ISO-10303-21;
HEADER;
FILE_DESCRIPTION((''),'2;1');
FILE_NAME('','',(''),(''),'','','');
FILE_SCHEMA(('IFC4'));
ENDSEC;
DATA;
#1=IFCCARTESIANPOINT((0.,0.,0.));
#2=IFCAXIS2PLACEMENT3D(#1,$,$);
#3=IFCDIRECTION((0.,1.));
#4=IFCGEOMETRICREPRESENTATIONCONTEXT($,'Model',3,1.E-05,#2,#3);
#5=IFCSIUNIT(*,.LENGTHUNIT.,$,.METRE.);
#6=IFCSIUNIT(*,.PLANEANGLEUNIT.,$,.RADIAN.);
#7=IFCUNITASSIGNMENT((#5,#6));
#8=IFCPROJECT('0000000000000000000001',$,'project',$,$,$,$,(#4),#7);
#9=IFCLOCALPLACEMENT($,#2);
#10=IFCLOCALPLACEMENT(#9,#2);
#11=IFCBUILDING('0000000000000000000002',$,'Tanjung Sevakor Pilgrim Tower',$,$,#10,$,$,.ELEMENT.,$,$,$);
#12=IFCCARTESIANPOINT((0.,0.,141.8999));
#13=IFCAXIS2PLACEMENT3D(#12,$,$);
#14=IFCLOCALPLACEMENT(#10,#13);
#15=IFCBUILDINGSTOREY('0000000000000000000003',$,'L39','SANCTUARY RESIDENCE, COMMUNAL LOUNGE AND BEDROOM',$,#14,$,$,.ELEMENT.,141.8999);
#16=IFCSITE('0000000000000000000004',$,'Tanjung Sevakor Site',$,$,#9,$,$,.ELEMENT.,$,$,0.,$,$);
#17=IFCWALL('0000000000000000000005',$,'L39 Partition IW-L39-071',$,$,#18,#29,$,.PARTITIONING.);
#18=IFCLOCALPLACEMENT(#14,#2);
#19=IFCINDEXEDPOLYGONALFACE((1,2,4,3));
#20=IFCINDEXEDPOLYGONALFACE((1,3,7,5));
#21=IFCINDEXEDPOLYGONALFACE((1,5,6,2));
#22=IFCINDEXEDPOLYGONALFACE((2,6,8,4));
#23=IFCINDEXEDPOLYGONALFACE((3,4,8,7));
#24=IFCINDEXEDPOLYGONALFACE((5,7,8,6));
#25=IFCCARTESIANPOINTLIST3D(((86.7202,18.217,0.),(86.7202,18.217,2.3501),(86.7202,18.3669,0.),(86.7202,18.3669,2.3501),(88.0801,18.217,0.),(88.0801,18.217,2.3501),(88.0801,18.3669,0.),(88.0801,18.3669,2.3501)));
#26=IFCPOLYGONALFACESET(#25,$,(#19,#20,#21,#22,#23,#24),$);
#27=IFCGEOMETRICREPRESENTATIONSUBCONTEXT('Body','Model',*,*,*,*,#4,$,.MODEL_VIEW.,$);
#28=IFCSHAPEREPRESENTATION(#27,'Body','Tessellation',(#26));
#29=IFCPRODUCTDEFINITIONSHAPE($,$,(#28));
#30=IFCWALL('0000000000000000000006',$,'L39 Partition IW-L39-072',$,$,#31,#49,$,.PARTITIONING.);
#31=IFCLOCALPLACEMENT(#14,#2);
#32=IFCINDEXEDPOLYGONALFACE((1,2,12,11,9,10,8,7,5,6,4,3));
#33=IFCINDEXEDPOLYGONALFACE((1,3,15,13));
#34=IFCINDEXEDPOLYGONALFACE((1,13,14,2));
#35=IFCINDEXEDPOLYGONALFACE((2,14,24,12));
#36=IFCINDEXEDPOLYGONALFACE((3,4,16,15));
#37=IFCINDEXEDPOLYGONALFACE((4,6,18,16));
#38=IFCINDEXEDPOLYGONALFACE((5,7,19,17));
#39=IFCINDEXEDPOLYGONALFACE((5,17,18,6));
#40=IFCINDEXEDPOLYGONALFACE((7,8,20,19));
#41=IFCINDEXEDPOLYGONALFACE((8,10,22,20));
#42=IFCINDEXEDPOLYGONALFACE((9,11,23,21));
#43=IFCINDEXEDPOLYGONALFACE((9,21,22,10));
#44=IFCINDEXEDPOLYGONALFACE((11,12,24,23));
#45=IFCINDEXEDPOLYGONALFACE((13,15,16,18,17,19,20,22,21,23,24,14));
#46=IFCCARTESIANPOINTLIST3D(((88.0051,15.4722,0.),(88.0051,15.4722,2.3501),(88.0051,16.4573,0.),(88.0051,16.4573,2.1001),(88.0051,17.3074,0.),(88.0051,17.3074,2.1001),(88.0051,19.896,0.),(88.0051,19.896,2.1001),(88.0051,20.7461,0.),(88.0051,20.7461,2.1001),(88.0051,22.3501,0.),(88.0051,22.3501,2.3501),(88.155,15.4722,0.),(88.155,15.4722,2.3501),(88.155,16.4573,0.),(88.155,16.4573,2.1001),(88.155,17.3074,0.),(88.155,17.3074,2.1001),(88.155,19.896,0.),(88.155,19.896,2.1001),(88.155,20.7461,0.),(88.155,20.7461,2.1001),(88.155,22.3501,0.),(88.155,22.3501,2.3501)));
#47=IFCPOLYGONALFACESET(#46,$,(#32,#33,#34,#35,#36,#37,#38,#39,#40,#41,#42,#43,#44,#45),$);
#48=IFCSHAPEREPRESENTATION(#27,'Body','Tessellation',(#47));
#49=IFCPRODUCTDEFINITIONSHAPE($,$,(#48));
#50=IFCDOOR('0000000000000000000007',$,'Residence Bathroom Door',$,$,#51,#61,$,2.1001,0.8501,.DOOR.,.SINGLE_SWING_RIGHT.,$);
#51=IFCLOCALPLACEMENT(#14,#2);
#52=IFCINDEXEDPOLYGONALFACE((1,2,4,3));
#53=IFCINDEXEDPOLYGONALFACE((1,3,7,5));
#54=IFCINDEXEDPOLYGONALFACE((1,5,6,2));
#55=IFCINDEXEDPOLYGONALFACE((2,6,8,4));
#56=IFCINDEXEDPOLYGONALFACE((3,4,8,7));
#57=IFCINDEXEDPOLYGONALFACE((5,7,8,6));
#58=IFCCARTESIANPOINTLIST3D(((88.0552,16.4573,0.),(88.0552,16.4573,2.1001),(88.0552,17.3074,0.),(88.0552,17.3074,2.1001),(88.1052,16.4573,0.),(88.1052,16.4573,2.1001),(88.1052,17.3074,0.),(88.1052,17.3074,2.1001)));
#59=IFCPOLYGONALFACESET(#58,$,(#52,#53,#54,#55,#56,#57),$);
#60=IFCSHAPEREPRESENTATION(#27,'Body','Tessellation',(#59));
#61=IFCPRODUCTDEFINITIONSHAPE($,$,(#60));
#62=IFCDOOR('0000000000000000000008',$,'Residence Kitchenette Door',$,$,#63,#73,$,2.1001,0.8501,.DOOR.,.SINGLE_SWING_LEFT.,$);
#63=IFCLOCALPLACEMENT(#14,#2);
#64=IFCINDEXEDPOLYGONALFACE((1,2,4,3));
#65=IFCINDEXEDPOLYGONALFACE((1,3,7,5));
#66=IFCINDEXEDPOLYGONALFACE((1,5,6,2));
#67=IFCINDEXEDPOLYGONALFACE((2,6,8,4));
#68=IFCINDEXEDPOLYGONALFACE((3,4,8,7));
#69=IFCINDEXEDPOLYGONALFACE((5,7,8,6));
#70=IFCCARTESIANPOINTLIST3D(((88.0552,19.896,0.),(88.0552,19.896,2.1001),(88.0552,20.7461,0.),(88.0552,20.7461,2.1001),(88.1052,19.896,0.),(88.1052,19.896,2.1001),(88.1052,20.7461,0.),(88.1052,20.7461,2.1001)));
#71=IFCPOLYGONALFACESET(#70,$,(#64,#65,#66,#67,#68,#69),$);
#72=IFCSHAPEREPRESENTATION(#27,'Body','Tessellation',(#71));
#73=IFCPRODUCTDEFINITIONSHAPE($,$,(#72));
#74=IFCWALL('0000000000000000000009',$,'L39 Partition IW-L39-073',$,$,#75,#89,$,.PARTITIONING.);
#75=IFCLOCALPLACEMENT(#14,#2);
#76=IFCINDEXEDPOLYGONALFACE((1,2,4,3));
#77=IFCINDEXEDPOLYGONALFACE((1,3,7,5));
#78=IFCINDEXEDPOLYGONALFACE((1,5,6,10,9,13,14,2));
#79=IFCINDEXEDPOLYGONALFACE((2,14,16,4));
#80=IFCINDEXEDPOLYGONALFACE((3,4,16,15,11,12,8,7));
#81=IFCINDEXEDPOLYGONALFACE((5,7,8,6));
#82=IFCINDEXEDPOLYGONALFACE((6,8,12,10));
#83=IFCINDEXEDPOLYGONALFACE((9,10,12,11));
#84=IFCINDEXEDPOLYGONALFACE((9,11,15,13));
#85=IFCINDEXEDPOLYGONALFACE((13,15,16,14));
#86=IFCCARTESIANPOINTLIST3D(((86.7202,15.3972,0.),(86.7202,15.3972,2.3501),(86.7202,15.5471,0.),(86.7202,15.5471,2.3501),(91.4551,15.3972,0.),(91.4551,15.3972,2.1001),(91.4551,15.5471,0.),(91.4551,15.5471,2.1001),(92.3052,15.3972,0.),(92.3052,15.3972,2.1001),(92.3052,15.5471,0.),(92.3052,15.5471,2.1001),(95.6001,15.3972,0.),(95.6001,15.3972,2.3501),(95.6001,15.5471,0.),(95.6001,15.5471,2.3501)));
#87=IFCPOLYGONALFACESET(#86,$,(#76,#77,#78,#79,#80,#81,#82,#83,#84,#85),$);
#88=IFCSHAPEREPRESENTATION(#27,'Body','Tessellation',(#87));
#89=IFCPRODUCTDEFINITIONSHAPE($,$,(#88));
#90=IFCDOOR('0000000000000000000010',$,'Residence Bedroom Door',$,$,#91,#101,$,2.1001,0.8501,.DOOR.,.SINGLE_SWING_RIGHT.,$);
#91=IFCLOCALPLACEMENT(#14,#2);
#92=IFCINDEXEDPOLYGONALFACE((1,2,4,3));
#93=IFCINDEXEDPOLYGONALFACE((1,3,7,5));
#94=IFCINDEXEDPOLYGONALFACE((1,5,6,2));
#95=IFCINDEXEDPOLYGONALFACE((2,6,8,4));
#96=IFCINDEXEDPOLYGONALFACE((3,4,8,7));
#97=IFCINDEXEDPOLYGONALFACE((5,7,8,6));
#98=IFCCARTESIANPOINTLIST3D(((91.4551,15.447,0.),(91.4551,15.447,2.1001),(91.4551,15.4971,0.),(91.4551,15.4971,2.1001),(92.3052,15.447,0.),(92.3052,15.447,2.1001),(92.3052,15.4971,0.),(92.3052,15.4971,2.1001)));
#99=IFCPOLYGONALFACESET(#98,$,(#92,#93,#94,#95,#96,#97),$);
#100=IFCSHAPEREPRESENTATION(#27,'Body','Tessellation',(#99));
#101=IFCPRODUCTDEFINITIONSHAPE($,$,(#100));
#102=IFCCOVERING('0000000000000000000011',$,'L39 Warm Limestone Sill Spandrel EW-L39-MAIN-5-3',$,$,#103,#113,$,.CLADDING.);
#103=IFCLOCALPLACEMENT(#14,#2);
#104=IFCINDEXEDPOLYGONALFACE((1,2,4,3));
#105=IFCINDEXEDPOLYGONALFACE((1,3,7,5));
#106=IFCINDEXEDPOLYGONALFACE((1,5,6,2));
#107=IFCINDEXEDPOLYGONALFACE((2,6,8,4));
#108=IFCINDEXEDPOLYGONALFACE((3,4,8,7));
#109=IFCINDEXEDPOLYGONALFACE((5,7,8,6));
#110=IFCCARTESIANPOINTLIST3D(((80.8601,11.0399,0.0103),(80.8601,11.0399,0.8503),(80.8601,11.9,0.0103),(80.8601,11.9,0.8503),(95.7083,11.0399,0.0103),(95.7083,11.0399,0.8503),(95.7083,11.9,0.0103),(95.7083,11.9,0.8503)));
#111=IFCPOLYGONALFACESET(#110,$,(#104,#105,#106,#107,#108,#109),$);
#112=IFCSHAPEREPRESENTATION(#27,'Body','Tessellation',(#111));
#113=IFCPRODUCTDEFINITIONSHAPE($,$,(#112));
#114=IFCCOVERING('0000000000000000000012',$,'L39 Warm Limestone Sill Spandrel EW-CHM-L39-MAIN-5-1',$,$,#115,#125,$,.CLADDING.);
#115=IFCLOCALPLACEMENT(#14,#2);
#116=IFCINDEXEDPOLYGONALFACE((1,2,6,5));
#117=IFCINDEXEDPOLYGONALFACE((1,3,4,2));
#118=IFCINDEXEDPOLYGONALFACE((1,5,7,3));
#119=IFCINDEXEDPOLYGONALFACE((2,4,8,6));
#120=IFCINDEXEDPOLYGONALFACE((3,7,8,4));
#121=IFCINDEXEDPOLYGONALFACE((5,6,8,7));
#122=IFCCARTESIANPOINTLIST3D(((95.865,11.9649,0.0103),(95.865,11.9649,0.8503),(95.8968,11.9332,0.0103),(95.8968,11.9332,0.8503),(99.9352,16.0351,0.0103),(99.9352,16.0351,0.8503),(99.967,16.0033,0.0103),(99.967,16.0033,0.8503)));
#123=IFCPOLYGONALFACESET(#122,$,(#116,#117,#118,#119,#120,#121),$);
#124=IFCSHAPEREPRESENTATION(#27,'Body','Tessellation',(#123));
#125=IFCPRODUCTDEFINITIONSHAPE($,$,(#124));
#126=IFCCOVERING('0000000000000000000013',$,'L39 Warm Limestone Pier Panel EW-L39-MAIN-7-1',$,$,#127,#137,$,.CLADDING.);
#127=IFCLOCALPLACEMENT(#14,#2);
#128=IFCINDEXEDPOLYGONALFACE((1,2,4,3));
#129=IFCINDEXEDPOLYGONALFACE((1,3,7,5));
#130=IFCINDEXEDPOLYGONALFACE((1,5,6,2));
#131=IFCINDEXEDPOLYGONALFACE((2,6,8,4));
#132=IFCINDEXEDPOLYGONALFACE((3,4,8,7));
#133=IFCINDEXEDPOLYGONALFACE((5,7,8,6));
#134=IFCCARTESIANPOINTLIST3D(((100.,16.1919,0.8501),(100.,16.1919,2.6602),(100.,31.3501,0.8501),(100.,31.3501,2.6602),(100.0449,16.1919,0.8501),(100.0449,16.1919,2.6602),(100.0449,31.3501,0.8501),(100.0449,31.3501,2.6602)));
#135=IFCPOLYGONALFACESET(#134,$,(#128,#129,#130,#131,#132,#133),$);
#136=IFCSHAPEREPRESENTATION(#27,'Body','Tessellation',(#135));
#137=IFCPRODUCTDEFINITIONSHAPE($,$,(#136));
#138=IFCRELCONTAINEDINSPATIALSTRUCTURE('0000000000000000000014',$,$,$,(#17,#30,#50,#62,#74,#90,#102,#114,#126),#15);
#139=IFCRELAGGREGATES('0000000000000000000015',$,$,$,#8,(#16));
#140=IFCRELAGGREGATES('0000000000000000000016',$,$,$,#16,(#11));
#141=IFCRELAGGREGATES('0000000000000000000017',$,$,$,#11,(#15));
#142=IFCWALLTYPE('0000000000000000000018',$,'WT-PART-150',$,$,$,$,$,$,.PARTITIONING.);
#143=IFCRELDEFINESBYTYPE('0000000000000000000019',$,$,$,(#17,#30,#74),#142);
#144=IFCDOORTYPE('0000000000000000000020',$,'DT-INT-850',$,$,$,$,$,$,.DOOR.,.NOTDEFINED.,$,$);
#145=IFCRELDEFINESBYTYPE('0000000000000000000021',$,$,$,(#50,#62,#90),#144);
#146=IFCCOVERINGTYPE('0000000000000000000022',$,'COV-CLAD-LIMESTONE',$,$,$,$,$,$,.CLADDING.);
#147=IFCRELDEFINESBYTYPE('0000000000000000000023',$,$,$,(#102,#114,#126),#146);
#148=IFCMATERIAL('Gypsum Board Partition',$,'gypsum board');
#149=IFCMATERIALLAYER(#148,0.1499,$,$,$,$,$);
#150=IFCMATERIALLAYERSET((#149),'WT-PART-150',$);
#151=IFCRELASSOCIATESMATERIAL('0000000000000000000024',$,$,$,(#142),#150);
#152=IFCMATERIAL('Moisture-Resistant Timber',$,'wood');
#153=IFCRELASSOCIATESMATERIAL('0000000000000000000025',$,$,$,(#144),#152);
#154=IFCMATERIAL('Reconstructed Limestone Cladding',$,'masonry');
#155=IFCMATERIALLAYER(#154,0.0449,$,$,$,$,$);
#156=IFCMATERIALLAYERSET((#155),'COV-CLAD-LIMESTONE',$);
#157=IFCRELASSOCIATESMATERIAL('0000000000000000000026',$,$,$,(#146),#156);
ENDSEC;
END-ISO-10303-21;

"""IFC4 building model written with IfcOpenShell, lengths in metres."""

from ifc_helpers import new_model, si_unit, direction, frame, frame_2d, origin, origin_2d, place, context, subcontext, project, spatial, rectangle, extrude, material, layer, layer_set, type_object, element, fill, save


model = new_model("IFC4")

# Units and contexts
model_context = context("Model", 3, precision=1e-05, world=origin(), true_north=direction((0.0, 1.0)))
body_context = subcontext(model_context, "Body", "Model", "MODEL_VIEW")
ifc_project = project(units=[si_unit("LENGTHUNIT", "METRE"), si_unit("PLANEANGLEUNIT", "RADIAN")], contexts=[model_context])

# Site, building, storey
site_placement = place(None, origin())
site = spatial("IfcSite", under=ifc_project, at=site_placement, Name="Tanjung Sevakor Site", CompositionType="ELEMENT", RefElevation=0.0)
building_placement = place(site_placement, origin())
building = spatial("IfcBuilding", under=site, at=building_placement, Name="Tanjung Sevakor Pilgrim Tower", CompositionType="ELEMENT")
storey_placement = place(building_placement, frame((0.0, 0.0, 141.8999)))
storey = spatial("IfcBuildingStorey", under=building, at=storey_placement, Name="L39", Description="SANCTUARY RESIDENCE, COMMUNAL LOUNGE AND BEDROOM", CompositionType="ELEMENT", Elevation=141.8999)

# Wall
ifc_material_1 = material(Name="Gypsum Board Partition", Category="gypsum board")
ifc_layer_1 = layer(ifc_material_1, 0.1499)
ifc_layer_set_1 = layer_set([ifc_layer_1], Name="WT-PART-150")
wall_type_1 = type_object("IfcWallType", Name="WT-PART-150", PredefinedType="PARTITIONING", material=ifc_layer_set_1)
wall_1_placement = place(storey_placement, frame((86.7202, 18.292, 0.0), z_axis=(0.0, 0.0, 1.0), x_axis=(1.0, 0.0, 0.0)))
element("IfcWall", 1, at=wall_1_placement, inside=storey, type_object=wall_type_1, Name="L39 Partition IW-L39-071", PredefinedType="PARTITIONING", context=body_context, shape_type="SweptSolid", body=[
    extrude(rectangle(XDim=1.3599, YDim=0.1499, at=frame_2d((0.6799, 0.0))), origin(), (0.0, 0.0, 1.0), 2.3501),
])

# Wall, openings, doors
wall_2_placement = place(storey_placement, frame((88.0801, 15.4722, 0.0), z_axis=(0.0, 0.0, 1.0), x_axis=(0.0, 1.0, 0.0)))
wall_2 = element("IfcWall", 2, at=wall_2_placement, inside=storey, type_object=wall_type_1, Name="L39 Partition IW-L39-072", PredefinedType="PARTITIONING", context=body_context, shape_type="SweptSolid", body=[
    extrude(rectangle(XDim=6.8779, YDim=0.1499, at=frame_2d((3.439, 0.0))), origin(), (0.0, 0.0, 1.0), 2.3501),
])
opening_1_placement = place(wall_2_placement, frame((0.9851, 0.0, 0.0)))
opening_1 = element("IfcOpeningElement", 3, at=opening_1_placement, cuts=wall_2, PredefinedType="OPENING", context=body_context, shape_type="SweptSolid", body=[
    extrude(rectangle(XDim=0.8501, YDim=2.1001, at=frame_2d((0.425, 1.05))), frame((0.0, 0.085, 0.0), z_axis=(0.0, -1.0, 0.0), x_axis=(1.0, 0.0, 0.0)), (0.0, 0.0, 1.0), 0.1699),
])
opening_2_placement = place(wall_2_placement, frame((4.4238, 0.0, 0.0)))
opening_2 = element("IfcOpeningElement", 4, at=opening_2_placement, cuts=wall_2, PredefinedType="OPENING", context=body_context, shape_type="SweptSolid", body=[
    extrude(rectangle(XDim=0.8501, YDim=2.1001, at=frame_2d((0.425, 1.05))), frame((0.0, 0.085, 0.0), z_axis=(0.0, -1.0, 0.0), x_axis=(1.0, 0.0, 0.0)), (0.0, 0.0, 1.0), 0.1699),
])
ifc_material_2 = material(Name="Moisture-Resistant Timber", Category="wood")
door_type_1 = type_object("IfcDoorType", Name="DT-INT-850", OperationType="NOTDEFINED", PredefinedType="DOOR", material=ifc_material_2)
door_1_placement = place(opening_1_placement, origin())
door_1 = element("IfcDoor", 5, at=door_1_placement, inside=storey, type_object=door_type_1, Name="Residence Bathroom Door", OperationType="SINGLE_SWING_RIGHT", OverallHeight=2.1001, OverallWidth=0.8501, PredefinedType="DOOR", context=body_context, shape_type="SweptSolid", body=[
    extrude(rectangle(XDim=0.8501, YDim=2.1001, at=frame_2d((0.425, 1.05))), frame((0.0, 0.0249, 0.0), z_axis=(0.0, -1.0, 0.0), x_axis=(1.0, 0.0, 0.0)), (0.0, 0.0, 1.0), 0.05),
])
fill(opening_1, door_1)
door_2_placement = place(opening_2_placement, origin())
door_2 = element("IfcDoor", 6, at=door_2_placement, inside=storey, type_object=door_type_1, Name="Residence Kitchenette Door", OperationType="SINGLE_SWING_LEFT", OverallHeight=2.1001, OverallWidth=0.8501, PredefinedType="DOOR", context=body_context, shape_type="SweptSolid", body=[
    extrude(rectangle(XDim=0.8501, YDim=2.1001, at=frame_2d((0.425, 1.05))), frame((0.0, 0.0249, 0.0), z_axis=(0.0, -1.0, 0.0), x_axis=(1.0, 0.0, 0.0)), (0.0, 0.0, 1.0), 0.05),
])
fill(opening_2, door_2)

# Wall, opening, door
wall_3_placement = place(storey_placement, frame((86.7202, 15.4722, 0.0), z_axis=(0.0, 0.0, 1.0), x_axis=(1.0, 0.0, 0.0)))
wall_3 = element("IfcWall", 7, at=wall_3_placement, inside=storey, type_object=wall_type_1, Name="L39 Partition IW-L39-073", PredefinedType="PARTITIONING", context=body_context, shape_type="SweptSolid", body=[
    extrude(rectangle(XDim=8.8799, YDim=0.1499, at=frame_2d((4.4399, 0.0))), origin(), (0.0, 0.0, 1.0), 2.3501),
])
opening_3_placement = place(wall_3_placement, frame((4.7349, 0.0, 0.0)))
opening_3 = element("IfcOpeningElement", 8, at=opening_3_placement, cuts=wall_3, PredefinedType="OPENING", context=body_context, shape_type="SweptSolid", body=[
    extrude(rectangle(XDim=0.8501, YDim=2.1001, at=frame_2d((0.425, 1.05))), frame((0.0, 0.085, 0.0), z_axis=(0.0, -1.0, 0.0), x_axis=(1.0, 0.0, 0.0)), (0.0, 0.0, 1.0), 0.1699),
])
door_3_placement = place(opening_3_placement, origin())
door_3 = element("IfcDoor", 9, at=door_3_placement, inside=storey, type_object=door_type_1, Name="Residence Bedroom Door", OperationType="SINGLE_SWING_RIGHT", OverallHeight=2.1001, OverallWidth=0.8501, PredefinedType="DOOR", context=body_context, shape_type="SweptSolid", body=[
    extrude(rectangle(XDim=0.8501, YDim=2.1001, at=frame_2d((0.425, 1.05))), frame((0.0, 0.0249, 0.0), z_axis=(0.0, -1.0, 0.0), x_axis=(1.0, 0.0, 0.0)), (0.0, 0.0, 1.0), 0.05),
])
fill(opening_3, door_3)

# Coverings
ifc_material_3 = material(Name="Reconstructed Limestone Cladding", Category="masonry")
ifc_layer_2 = layer(ifc_material_3, 0.0449)
ifc_layer_set_2 = layer_set([ifc_layer_2], Name="COV-CLAD-LIMESTONE")
covering_type = type_object("IfcCoveringType", Name="COV-CLAD-LIMESTONE", PredefinedType="CLADDING", material=ifc_layer_set_2)
covering_1_placement = place(storey_placement, frame((88.2842, 11.47, 0.0103), z_axis=(0.0, 0.0, 1.0), x_axis=(1.0, 0.0, 0.0)))
element("IfcCovering", 10, at=covering_1_placement, inside=storey, type_object=covering_type, Name="L39 Warm Limestone Sill Spandrel EW-L39-MAIN-5-3", PredefinedType="CLADDING", context=body_context, shape_type="SweptSolid", body=[
    extrude(rectangle(XDim=14.8481, YDim=0.8601, at=origin_2d()), origin(), (0.0, 0.0, 1.0), 0.8401),
])
covering_2_placement = place(storey_placement, frame((97.916, 13.9841, 0.0103), z_axis=(0.0, 0.0, 1.0), x_axis=(0.707107, 0.707107, 0.0)))
element("IfcCovering", 11, at=covering_2_placement, inside=storey, type_object=covering_type, Name="L39 Warm Limestone Sill Spandrel EW-CHM-L39-MAIN-5-1", PredefinedType="CLADDING", context=body_context, shape_type="SweptSolid", body=[
    extrude(rectangle(XDim=5.7561, YDim=0.0449, at=origin_2d()), origin(), (0.0, 0.0, 1.0), 0.8401),
])
covering_3_placement = place(storey_placement, frame((100.0225, 23.771, 0.8501), z_axis=(0.0, 0.0, 1.0), x_axis=(0.0, 1.0, 0.0)))
element("IfcCovering", 12, at=covering_3_placement, inside=storey, type_object=covering_type, Name="L39 Warm Limestone Pier Panel EW-L39-MAIN-7-1", PredefinedType="CLADDING", context=body_context, shape_type="SweptSolid", body=[
    extrude(rectangle(XDim=15.1582, YDim=0.0449, at=origin_2d()), origin(), (0.0, 0.0, 1.0), 1.8101),
])

save(model, "model.ifc")
